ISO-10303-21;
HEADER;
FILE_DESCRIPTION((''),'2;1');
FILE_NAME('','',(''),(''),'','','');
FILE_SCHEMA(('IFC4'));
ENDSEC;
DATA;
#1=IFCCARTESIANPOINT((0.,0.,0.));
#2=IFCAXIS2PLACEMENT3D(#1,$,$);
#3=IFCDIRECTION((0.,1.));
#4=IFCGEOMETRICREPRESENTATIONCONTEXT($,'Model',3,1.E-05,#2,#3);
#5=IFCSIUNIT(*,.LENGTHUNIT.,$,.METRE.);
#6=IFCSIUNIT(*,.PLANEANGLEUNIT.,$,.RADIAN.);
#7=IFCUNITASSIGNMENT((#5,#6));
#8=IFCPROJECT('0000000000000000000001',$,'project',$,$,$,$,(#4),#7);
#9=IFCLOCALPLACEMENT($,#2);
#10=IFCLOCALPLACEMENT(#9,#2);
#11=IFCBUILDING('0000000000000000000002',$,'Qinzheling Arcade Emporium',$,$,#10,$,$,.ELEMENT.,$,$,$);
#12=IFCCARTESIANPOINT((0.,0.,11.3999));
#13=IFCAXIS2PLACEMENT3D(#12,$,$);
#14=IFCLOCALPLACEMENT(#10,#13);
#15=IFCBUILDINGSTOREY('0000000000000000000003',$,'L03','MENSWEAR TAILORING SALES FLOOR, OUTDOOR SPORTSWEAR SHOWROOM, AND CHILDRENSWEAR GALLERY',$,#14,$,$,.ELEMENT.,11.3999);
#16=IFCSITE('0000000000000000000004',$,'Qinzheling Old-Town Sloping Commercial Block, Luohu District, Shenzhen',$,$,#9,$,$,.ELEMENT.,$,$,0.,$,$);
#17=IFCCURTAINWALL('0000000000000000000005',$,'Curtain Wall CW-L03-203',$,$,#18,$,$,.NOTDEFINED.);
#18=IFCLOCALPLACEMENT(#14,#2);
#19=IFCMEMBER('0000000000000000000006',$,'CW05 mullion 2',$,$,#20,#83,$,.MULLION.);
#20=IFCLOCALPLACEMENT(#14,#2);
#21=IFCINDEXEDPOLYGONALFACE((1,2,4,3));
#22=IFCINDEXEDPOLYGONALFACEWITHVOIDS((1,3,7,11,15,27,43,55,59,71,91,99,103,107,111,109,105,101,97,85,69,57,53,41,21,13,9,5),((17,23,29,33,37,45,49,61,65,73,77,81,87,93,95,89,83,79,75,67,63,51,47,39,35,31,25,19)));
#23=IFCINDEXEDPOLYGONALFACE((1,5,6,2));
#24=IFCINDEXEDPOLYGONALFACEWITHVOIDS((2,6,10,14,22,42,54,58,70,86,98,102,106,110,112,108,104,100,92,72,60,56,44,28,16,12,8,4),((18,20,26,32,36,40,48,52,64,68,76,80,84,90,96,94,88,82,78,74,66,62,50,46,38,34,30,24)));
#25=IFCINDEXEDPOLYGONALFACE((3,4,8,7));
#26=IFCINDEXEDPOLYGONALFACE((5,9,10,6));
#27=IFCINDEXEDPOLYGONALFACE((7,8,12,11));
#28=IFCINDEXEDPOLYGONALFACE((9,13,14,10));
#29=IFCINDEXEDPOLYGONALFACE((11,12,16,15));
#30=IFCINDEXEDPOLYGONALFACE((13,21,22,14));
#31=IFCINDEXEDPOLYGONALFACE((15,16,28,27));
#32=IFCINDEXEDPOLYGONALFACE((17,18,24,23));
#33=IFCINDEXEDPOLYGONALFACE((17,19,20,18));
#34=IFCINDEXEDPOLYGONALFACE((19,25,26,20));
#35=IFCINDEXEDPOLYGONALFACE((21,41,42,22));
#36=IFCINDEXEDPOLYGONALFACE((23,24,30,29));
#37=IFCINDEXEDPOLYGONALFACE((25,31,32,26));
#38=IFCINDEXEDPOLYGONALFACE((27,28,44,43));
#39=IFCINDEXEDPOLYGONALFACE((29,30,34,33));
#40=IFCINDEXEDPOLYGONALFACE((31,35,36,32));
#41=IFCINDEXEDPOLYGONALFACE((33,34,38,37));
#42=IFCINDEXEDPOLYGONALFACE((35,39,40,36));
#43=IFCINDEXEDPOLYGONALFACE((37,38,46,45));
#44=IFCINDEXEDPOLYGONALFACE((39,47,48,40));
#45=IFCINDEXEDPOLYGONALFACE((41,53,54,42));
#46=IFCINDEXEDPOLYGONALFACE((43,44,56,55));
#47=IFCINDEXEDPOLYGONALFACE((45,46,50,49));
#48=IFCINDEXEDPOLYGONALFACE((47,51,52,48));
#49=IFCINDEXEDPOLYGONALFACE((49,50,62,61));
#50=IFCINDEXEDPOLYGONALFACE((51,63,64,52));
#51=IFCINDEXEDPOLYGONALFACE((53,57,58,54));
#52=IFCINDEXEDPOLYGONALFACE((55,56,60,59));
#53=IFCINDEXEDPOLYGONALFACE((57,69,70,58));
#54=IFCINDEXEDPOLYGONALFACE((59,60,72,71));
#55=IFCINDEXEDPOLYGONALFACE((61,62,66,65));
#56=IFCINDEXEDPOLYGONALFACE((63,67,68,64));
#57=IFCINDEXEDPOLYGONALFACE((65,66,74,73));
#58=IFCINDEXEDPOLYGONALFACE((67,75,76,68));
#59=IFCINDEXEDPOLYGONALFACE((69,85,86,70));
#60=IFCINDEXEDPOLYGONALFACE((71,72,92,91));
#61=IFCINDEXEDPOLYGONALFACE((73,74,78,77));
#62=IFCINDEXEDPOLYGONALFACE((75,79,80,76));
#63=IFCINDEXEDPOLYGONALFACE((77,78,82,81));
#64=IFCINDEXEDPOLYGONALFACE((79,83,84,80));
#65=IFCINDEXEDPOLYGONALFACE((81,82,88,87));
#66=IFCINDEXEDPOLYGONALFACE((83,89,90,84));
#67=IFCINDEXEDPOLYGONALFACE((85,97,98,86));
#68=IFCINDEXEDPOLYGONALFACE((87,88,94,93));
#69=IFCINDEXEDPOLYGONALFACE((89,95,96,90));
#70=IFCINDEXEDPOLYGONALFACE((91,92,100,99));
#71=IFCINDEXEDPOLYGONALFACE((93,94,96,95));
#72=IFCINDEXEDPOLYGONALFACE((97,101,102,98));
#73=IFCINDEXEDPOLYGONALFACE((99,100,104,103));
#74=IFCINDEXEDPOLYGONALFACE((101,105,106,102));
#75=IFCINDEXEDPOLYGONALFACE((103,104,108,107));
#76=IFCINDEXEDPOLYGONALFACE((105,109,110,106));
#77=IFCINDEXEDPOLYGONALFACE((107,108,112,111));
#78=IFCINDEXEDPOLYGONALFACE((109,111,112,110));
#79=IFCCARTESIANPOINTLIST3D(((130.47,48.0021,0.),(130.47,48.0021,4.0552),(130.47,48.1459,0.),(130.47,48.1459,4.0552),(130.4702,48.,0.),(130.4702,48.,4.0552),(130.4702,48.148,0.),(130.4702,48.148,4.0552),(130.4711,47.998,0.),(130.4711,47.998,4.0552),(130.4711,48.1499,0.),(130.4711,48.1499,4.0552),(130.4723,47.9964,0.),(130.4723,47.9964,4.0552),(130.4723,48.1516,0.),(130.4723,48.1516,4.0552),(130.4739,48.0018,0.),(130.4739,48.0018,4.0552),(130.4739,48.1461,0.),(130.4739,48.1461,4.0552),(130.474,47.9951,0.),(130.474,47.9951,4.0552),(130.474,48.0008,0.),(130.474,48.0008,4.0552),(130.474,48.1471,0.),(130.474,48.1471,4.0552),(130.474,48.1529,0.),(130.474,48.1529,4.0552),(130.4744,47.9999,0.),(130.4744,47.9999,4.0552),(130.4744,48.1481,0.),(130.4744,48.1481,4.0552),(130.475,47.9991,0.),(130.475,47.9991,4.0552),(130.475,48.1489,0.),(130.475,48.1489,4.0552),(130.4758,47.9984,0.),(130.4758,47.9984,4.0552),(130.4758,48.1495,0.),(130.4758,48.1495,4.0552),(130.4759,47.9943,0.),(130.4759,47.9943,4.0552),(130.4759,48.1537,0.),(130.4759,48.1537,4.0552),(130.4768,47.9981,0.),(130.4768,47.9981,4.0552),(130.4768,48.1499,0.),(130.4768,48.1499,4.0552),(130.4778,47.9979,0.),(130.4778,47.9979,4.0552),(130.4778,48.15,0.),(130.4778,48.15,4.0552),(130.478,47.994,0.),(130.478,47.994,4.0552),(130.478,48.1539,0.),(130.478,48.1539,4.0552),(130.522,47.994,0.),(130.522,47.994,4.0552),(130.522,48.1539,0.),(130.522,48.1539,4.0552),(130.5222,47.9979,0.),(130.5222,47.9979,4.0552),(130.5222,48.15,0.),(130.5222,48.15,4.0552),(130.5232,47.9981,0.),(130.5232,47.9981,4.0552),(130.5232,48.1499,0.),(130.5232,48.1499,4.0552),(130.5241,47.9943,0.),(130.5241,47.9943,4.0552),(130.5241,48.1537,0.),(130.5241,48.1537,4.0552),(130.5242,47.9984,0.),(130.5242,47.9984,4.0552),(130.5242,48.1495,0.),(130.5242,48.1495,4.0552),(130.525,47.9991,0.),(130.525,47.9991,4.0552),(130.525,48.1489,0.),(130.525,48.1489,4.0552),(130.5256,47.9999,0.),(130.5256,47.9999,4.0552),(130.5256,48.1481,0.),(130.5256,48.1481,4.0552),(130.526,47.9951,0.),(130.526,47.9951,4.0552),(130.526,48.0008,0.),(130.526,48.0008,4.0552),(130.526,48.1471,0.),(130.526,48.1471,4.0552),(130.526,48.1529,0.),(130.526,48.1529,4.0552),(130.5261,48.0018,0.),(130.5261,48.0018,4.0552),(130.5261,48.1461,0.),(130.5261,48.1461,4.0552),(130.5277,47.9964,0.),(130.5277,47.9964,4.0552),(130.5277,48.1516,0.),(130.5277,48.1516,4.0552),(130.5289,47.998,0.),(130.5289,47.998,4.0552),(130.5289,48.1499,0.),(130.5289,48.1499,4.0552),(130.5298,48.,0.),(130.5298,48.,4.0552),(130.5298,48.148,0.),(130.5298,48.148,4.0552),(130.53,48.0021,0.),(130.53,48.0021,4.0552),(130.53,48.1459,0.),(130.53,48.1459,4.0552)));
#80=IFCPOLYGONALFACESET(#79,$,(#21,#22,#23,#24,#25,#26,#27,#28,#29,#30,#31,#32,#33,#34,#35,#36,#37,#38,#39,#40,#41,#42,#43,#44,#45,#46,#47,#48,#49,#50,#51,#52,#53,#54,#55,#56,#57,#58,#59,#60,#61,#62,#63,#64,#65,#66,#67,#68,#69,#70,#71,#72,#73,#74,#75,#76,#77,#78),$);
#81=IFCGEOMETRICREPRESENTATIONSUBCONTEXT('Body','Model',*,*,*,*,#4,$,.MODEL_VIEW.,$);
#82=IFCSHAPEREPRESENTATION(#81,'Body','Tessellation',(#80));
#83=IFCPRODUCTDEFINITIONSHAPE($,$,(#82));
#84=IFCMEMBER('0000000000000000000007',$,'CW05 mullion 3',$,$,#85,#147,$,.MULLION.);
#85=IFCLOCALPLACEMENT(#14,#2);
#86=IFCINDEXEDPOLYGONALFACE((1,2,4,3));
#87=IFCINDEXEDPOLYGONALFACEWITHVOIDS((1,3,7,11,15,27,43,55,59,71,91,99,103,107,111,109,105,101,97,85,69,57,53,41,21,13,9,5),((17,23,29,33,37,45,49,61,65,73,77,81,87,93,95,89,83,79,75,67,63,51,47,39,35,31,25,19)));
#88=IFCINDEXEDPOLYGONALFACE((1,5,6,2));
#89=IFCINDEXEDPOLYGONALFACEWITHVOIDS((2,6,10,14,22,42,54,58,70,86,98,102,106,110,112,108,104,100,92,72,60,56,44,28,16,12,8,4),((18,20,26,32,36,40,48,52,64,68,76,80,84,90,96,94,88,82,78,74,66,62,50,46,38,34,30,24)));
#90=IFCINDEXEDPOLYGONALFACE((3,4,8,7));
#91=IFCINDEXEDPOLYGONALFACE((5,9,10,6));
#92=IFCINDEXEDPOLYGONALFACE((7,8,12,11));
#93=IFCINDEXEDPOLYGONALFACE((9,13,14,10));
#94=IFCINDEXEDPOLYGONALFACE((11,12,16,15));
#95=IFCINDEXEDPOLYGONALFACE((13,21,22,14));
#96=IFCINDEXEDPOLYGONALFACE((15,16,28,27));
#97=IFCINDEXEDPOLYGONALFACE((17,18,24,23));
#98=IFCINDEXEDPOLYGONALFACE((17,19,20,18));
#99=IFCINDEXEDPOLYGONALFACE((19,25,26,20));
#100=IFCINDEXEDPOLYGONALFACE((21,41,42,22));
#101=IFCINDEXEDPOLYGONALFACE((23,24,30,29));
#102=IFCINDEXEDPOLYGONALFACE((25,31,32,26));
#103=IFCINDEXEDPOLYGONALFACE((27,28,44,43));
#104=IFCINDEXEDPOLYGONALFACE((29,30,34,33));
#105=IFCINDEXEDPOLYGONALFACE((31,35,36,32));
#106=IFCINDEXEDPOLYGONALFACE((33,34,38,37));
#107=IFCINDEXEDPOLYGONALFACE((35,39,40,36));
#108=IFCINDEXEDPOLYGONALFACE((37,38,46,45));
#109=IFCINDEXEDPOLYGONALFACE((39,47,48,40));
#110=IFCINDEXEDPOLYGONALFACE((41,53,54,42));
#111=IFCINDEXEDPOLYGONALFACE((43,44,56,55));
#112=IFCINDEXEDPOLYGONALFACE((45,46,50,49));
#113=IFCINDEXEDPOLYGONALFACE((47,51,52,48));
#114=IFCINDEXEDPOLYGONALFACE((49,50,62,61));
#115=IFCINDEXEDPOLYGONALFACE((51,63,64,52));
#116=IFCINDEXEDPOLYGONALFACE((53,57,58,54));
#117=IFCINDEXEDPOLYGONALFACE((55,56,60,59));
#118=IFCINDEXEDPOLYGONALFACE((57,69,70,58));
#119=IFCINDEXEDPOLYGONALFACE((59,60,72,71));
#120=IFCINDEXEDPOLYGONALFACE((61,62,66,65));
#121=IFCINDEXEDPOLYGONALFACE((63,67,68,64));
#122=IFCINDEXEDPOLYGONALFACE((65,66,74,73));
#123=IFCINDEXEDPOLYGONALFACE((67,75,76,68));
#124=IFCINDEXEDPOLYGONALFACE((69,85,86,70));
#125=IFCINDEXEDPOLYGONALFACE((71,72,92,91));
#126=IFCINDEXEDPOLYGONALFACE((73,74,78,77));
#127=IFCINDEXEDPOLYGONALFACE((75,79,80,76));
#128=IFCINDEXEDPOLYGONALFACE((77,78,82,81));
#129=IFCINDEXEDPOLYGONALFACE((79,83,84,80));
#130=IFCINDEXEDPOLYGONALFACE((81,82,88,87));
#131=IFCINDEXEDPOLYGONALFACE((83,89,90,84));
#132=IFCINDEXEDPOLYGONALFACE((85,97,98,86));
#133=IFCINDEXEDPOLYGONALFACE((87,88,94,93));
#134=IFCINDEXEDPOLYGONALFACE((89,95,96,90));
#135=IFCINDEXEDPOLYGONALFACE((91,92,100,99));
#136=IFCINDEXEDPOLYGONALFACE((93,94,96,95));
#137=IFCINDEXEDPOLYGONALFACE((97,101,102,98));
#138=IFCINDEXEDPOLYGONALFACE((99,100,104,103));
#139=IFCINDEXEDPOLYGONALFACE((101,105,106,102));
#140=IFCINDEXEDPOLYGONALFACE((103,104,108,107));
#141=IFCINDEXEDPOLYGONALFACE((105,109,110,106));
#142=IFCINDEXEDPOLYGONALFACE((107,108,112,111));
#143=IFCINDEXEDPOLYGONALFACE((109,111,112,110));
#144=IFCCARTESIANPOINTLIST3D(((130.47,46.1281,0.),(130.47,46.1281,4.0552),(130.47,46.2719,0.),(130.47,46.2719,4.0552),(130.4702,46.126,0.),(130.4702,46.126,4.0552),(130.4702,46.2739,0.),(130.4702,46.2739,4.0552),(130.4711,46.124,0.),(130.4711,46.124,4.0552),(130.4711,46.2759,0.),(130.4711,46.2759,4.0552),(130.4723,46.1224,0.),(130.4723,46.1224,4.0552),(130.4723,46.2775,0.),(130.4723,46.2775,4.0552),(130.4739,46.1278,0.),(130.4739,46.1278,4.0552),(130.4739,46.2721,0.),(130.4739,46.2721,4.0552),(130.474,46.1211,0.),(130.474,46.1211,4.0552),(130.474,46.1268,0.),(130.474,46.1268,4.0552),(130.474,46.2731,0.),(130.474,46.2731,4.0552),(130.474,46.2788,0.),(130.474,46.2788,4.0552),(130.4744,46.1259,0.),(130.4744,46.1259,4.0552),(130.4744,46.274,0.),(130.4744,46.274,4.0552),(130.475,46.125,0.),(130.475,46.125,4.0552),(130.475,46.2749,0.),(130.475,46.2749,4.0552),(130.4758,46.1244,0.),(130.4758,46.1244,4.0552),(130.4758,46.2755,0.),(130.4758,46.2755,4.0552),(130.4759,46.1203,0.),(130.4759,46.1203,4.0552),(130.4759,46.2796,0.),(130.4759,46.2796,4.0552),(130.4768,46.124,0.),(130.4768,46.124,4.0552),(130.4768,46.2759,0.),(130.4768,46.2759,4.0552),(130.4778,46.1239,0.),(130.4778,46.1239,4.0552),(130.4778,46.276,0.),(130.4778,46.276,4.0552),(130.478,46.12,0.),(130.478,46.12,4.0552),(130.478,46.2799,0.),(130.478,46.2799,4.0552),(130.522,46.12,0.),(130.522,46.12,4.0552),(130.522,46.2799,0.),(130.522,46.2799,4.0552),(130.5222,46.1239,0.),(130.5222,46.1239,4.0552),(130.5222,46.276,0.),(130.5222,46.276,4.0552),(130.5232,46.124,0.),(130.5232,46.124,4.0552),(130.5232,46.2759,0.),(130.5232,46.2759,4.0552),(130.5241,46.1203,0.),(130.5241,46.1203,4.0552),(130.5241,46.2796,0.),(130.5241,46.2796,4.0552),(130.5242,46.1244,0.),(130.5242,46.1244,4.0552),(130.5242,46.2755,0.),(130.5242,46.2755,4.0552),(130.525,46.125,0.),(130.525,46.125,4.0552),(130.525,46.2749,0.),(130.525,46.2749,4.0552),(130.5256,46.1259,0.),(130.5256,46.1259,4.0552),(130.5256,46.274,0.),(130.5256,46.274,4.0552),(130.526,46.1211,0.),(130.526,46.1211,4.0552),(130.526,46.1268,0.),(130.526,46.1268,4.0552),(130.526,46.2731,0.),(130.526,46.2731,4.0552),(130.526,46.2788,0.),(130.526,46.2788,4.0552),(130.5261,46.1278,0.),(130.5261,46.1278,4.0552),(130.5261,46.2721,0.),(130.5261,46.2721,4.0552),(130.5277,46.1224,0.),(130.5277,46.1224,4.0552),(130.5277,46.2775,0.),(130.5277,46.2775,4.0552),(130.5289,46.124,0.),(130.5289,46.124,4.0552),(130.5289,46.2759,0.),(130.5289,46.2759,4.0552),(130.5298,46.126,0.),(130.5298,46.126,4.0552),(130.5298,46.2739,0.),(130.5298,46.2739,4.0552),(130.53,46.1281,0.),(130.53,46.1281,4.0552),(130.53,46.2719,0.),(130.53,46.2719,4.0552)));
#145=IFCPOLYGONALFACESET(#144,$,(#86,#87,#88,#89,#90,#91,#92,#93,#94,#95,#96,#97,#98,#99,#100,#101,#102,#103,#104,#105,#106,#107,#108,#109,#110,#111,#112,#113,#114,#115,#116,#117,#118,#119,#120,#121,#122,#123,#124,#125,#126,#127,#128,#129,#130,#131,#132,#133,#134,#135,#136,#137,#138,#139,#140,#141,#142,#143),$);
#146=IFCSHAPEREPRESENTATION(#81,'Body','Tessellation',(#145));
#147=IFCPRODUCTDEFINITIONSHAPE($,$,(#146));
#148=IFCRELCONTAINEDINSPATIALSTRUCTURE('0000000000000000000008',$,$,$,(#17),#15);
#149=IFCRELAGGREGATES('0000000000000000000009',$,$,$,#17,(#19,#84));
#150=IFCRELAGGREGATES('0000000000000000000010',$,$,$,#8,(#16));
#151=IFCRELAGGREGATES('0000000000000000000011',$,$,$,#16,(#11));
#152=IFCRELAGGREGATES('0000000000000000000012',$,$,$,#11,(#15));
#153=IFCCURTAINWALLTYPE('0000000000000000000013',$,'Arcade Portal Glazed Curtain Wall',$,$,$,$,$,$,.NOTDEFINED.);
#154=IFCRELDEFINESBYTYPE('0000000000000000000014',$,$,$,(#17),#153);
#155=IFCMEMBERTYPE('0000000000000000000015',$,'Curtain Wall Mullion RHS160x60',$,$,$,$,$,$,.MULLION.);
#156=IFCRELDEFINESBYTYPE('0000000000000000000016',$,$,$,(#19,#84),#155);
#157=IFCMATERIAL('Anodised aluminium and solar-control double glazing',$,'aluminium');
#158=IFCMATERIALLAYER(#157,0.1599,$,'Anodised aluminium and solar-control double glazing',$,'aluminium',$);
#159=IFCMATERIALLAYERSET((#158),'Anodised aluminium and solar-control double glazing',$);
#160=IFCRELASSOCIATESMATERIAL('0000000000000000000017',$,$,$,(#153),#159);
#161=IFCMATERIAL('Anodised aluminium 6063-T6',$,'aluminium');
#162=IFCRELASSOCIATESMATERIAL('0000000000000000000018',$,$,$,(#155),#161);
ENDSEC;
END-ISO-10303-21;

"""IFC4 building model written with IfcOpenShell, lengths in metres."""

from ifc_helpers import new_model, si_unit, direction, frame, origin, origin_2d, place, context, subcontext, project, spatial, hollow_rectangle, extrude, material, layer, layer_set, material_profile, profile_set, type_object, element, aggregate, save


model = new_model("IFC4")

# Units and contexts
model_context = context("Model", 3, precision=1e-05, world=origin(), true_north=direction((0.0, 1.0)))
body_context = subcontext(model_context, "Body", "Model", "MODEL_VIEW")
ifc_project = project(units=[si_unit("LENGTHUNIT", "METRE"), si_unit("PLANEANGLEUNIT", "RADIAN")], contexts=[model_context])

# Site, building, storey
site_placement = place(None, origin())
site = spatial("IfcSite", under=ifc_project, at=site_placement, Name="Qinzheling Old-Town Sloping Commercial Block, Luohu District, Shenzhen", CompositionType="ELEMENT", RefElevation=0.0)
building_placement = place(site_placement, origin())
building = spatial("IfcBuilding", under=site, at=building_placement, Name="Qinzheling Arcade Emporium", CompositionType="ELEMENT")
storey_placement = place(building_placement, frame((0.0, 0.0, 11.3999)))
storey = spatial("IfcBuildingStorey", under=building, at=storey_placement, Name="L03", Description="MENSWEAR TAILORING SALES FLOOR, OUTDOOR SPORTSWEAR SHOWROOM, AND CHILDRENSWEAR GALLERY", CompositionType="ELEMENT", Elevation=11.3999)

# Curtain wall, members
ifc_material_1 = material(Name="Anodised aluminium and solar-control double glazing", Category="aluminium")
ifc_layer_1 = layer(ifc_material_1, 0.1599, Name="Anodised aluminium and solar-control double glazing", Category="aluminium")
ifc_layer_set_1 = layer_set([ifc_layer_1], Name="Anodised aluminium and solar-control double glazing")
curtain_wall_type = type_object("IfcCurtainWallType", Name="Arcade Portal Glazed Curtain Wall", PredefinedType="NOTDEFINED", material=ifc_layer_set_1)
curtain_wall_placement = place(storey_placement, origin())
curtain_wall = element("IfcCurtainWall", 1, at=curtain_wall_placement, inside=storey, type_object=curtain_wall_type, Name="Curtain Wall CW-L03-203", PredefinedType="NOTDEFINED")
ifc_material_2 = material(Name="Anodised aluminium 6063-T6", Category="aluminium")
ifc_material_profile_1 = material_profile(ifc_material_2, hollow_rectangle(XDim=0.0601, YDim=0.1599, WallThickness=0.0039, InnerFilletRadius=0.0039, OuterFilletRadius=0.0081, at=origin_2d()), Name="RHS 160x60x4", Category="aluminium")
ifc_profile_set_1 = profile_set([ifc_material_profile_1], Name="Anodised aluminium 6063-T6")
member_type_1 = type_object("IfcMemberType", Name="Curtain Wall Mullion RHS160x60", PredefinedType="MULLION", material=ifc_profile_set_1)
member_1_placement = place(storey_placement, frame((130.5, 48.074, 0.0), z_axis=(0.0, 0.0, 1.0), x_axis=(1.0, 0.0, 0.0)))
member_1 = element("IfcMember", 2, at=member_1_placement, type_object=member_type_1, Name="CW05 mullion 2", PredefinedType="MULLION", context=body_context, shape_type="SweptSolid", body=[
    extrude(hollow_rectangle(XDim=0.0601, YDim=0.1599, WallThickness=0.0039, InnerFilletRadius=0.0039, OuterFilletRadius=0.0081, at=origin_2d()), origin(), (0.0, 0.0, 1.0), 4.0552),
])
member_2_placement = place(storey_placement, frame((130.5, 46.2, 0.0), z_axis=(0.0, 0.0, 1.0), x_axis=(1.0, 0.0, 0.0)))
member_2 = element("IfcMember", 3, at=member_2_placement, type_object=member_type_1, Name="CW05 mullion 3", PredefinedType="MULLION", context=body_context, shape_type="SweptSolid", body=[
    extrude(hollow_rectangle(XDim=0.0601, YDim=0.1599, WallThickness=0.0039, InnerFilletRadius=0.0039, OuterFilletRadius=0.0081, at=origin_2d()), origin(), (0.0, 0.0, 1.0), 4.0552),
])
aggregate(curtain_wall, [member_1, member_2])

save(model, "model.ifc")
